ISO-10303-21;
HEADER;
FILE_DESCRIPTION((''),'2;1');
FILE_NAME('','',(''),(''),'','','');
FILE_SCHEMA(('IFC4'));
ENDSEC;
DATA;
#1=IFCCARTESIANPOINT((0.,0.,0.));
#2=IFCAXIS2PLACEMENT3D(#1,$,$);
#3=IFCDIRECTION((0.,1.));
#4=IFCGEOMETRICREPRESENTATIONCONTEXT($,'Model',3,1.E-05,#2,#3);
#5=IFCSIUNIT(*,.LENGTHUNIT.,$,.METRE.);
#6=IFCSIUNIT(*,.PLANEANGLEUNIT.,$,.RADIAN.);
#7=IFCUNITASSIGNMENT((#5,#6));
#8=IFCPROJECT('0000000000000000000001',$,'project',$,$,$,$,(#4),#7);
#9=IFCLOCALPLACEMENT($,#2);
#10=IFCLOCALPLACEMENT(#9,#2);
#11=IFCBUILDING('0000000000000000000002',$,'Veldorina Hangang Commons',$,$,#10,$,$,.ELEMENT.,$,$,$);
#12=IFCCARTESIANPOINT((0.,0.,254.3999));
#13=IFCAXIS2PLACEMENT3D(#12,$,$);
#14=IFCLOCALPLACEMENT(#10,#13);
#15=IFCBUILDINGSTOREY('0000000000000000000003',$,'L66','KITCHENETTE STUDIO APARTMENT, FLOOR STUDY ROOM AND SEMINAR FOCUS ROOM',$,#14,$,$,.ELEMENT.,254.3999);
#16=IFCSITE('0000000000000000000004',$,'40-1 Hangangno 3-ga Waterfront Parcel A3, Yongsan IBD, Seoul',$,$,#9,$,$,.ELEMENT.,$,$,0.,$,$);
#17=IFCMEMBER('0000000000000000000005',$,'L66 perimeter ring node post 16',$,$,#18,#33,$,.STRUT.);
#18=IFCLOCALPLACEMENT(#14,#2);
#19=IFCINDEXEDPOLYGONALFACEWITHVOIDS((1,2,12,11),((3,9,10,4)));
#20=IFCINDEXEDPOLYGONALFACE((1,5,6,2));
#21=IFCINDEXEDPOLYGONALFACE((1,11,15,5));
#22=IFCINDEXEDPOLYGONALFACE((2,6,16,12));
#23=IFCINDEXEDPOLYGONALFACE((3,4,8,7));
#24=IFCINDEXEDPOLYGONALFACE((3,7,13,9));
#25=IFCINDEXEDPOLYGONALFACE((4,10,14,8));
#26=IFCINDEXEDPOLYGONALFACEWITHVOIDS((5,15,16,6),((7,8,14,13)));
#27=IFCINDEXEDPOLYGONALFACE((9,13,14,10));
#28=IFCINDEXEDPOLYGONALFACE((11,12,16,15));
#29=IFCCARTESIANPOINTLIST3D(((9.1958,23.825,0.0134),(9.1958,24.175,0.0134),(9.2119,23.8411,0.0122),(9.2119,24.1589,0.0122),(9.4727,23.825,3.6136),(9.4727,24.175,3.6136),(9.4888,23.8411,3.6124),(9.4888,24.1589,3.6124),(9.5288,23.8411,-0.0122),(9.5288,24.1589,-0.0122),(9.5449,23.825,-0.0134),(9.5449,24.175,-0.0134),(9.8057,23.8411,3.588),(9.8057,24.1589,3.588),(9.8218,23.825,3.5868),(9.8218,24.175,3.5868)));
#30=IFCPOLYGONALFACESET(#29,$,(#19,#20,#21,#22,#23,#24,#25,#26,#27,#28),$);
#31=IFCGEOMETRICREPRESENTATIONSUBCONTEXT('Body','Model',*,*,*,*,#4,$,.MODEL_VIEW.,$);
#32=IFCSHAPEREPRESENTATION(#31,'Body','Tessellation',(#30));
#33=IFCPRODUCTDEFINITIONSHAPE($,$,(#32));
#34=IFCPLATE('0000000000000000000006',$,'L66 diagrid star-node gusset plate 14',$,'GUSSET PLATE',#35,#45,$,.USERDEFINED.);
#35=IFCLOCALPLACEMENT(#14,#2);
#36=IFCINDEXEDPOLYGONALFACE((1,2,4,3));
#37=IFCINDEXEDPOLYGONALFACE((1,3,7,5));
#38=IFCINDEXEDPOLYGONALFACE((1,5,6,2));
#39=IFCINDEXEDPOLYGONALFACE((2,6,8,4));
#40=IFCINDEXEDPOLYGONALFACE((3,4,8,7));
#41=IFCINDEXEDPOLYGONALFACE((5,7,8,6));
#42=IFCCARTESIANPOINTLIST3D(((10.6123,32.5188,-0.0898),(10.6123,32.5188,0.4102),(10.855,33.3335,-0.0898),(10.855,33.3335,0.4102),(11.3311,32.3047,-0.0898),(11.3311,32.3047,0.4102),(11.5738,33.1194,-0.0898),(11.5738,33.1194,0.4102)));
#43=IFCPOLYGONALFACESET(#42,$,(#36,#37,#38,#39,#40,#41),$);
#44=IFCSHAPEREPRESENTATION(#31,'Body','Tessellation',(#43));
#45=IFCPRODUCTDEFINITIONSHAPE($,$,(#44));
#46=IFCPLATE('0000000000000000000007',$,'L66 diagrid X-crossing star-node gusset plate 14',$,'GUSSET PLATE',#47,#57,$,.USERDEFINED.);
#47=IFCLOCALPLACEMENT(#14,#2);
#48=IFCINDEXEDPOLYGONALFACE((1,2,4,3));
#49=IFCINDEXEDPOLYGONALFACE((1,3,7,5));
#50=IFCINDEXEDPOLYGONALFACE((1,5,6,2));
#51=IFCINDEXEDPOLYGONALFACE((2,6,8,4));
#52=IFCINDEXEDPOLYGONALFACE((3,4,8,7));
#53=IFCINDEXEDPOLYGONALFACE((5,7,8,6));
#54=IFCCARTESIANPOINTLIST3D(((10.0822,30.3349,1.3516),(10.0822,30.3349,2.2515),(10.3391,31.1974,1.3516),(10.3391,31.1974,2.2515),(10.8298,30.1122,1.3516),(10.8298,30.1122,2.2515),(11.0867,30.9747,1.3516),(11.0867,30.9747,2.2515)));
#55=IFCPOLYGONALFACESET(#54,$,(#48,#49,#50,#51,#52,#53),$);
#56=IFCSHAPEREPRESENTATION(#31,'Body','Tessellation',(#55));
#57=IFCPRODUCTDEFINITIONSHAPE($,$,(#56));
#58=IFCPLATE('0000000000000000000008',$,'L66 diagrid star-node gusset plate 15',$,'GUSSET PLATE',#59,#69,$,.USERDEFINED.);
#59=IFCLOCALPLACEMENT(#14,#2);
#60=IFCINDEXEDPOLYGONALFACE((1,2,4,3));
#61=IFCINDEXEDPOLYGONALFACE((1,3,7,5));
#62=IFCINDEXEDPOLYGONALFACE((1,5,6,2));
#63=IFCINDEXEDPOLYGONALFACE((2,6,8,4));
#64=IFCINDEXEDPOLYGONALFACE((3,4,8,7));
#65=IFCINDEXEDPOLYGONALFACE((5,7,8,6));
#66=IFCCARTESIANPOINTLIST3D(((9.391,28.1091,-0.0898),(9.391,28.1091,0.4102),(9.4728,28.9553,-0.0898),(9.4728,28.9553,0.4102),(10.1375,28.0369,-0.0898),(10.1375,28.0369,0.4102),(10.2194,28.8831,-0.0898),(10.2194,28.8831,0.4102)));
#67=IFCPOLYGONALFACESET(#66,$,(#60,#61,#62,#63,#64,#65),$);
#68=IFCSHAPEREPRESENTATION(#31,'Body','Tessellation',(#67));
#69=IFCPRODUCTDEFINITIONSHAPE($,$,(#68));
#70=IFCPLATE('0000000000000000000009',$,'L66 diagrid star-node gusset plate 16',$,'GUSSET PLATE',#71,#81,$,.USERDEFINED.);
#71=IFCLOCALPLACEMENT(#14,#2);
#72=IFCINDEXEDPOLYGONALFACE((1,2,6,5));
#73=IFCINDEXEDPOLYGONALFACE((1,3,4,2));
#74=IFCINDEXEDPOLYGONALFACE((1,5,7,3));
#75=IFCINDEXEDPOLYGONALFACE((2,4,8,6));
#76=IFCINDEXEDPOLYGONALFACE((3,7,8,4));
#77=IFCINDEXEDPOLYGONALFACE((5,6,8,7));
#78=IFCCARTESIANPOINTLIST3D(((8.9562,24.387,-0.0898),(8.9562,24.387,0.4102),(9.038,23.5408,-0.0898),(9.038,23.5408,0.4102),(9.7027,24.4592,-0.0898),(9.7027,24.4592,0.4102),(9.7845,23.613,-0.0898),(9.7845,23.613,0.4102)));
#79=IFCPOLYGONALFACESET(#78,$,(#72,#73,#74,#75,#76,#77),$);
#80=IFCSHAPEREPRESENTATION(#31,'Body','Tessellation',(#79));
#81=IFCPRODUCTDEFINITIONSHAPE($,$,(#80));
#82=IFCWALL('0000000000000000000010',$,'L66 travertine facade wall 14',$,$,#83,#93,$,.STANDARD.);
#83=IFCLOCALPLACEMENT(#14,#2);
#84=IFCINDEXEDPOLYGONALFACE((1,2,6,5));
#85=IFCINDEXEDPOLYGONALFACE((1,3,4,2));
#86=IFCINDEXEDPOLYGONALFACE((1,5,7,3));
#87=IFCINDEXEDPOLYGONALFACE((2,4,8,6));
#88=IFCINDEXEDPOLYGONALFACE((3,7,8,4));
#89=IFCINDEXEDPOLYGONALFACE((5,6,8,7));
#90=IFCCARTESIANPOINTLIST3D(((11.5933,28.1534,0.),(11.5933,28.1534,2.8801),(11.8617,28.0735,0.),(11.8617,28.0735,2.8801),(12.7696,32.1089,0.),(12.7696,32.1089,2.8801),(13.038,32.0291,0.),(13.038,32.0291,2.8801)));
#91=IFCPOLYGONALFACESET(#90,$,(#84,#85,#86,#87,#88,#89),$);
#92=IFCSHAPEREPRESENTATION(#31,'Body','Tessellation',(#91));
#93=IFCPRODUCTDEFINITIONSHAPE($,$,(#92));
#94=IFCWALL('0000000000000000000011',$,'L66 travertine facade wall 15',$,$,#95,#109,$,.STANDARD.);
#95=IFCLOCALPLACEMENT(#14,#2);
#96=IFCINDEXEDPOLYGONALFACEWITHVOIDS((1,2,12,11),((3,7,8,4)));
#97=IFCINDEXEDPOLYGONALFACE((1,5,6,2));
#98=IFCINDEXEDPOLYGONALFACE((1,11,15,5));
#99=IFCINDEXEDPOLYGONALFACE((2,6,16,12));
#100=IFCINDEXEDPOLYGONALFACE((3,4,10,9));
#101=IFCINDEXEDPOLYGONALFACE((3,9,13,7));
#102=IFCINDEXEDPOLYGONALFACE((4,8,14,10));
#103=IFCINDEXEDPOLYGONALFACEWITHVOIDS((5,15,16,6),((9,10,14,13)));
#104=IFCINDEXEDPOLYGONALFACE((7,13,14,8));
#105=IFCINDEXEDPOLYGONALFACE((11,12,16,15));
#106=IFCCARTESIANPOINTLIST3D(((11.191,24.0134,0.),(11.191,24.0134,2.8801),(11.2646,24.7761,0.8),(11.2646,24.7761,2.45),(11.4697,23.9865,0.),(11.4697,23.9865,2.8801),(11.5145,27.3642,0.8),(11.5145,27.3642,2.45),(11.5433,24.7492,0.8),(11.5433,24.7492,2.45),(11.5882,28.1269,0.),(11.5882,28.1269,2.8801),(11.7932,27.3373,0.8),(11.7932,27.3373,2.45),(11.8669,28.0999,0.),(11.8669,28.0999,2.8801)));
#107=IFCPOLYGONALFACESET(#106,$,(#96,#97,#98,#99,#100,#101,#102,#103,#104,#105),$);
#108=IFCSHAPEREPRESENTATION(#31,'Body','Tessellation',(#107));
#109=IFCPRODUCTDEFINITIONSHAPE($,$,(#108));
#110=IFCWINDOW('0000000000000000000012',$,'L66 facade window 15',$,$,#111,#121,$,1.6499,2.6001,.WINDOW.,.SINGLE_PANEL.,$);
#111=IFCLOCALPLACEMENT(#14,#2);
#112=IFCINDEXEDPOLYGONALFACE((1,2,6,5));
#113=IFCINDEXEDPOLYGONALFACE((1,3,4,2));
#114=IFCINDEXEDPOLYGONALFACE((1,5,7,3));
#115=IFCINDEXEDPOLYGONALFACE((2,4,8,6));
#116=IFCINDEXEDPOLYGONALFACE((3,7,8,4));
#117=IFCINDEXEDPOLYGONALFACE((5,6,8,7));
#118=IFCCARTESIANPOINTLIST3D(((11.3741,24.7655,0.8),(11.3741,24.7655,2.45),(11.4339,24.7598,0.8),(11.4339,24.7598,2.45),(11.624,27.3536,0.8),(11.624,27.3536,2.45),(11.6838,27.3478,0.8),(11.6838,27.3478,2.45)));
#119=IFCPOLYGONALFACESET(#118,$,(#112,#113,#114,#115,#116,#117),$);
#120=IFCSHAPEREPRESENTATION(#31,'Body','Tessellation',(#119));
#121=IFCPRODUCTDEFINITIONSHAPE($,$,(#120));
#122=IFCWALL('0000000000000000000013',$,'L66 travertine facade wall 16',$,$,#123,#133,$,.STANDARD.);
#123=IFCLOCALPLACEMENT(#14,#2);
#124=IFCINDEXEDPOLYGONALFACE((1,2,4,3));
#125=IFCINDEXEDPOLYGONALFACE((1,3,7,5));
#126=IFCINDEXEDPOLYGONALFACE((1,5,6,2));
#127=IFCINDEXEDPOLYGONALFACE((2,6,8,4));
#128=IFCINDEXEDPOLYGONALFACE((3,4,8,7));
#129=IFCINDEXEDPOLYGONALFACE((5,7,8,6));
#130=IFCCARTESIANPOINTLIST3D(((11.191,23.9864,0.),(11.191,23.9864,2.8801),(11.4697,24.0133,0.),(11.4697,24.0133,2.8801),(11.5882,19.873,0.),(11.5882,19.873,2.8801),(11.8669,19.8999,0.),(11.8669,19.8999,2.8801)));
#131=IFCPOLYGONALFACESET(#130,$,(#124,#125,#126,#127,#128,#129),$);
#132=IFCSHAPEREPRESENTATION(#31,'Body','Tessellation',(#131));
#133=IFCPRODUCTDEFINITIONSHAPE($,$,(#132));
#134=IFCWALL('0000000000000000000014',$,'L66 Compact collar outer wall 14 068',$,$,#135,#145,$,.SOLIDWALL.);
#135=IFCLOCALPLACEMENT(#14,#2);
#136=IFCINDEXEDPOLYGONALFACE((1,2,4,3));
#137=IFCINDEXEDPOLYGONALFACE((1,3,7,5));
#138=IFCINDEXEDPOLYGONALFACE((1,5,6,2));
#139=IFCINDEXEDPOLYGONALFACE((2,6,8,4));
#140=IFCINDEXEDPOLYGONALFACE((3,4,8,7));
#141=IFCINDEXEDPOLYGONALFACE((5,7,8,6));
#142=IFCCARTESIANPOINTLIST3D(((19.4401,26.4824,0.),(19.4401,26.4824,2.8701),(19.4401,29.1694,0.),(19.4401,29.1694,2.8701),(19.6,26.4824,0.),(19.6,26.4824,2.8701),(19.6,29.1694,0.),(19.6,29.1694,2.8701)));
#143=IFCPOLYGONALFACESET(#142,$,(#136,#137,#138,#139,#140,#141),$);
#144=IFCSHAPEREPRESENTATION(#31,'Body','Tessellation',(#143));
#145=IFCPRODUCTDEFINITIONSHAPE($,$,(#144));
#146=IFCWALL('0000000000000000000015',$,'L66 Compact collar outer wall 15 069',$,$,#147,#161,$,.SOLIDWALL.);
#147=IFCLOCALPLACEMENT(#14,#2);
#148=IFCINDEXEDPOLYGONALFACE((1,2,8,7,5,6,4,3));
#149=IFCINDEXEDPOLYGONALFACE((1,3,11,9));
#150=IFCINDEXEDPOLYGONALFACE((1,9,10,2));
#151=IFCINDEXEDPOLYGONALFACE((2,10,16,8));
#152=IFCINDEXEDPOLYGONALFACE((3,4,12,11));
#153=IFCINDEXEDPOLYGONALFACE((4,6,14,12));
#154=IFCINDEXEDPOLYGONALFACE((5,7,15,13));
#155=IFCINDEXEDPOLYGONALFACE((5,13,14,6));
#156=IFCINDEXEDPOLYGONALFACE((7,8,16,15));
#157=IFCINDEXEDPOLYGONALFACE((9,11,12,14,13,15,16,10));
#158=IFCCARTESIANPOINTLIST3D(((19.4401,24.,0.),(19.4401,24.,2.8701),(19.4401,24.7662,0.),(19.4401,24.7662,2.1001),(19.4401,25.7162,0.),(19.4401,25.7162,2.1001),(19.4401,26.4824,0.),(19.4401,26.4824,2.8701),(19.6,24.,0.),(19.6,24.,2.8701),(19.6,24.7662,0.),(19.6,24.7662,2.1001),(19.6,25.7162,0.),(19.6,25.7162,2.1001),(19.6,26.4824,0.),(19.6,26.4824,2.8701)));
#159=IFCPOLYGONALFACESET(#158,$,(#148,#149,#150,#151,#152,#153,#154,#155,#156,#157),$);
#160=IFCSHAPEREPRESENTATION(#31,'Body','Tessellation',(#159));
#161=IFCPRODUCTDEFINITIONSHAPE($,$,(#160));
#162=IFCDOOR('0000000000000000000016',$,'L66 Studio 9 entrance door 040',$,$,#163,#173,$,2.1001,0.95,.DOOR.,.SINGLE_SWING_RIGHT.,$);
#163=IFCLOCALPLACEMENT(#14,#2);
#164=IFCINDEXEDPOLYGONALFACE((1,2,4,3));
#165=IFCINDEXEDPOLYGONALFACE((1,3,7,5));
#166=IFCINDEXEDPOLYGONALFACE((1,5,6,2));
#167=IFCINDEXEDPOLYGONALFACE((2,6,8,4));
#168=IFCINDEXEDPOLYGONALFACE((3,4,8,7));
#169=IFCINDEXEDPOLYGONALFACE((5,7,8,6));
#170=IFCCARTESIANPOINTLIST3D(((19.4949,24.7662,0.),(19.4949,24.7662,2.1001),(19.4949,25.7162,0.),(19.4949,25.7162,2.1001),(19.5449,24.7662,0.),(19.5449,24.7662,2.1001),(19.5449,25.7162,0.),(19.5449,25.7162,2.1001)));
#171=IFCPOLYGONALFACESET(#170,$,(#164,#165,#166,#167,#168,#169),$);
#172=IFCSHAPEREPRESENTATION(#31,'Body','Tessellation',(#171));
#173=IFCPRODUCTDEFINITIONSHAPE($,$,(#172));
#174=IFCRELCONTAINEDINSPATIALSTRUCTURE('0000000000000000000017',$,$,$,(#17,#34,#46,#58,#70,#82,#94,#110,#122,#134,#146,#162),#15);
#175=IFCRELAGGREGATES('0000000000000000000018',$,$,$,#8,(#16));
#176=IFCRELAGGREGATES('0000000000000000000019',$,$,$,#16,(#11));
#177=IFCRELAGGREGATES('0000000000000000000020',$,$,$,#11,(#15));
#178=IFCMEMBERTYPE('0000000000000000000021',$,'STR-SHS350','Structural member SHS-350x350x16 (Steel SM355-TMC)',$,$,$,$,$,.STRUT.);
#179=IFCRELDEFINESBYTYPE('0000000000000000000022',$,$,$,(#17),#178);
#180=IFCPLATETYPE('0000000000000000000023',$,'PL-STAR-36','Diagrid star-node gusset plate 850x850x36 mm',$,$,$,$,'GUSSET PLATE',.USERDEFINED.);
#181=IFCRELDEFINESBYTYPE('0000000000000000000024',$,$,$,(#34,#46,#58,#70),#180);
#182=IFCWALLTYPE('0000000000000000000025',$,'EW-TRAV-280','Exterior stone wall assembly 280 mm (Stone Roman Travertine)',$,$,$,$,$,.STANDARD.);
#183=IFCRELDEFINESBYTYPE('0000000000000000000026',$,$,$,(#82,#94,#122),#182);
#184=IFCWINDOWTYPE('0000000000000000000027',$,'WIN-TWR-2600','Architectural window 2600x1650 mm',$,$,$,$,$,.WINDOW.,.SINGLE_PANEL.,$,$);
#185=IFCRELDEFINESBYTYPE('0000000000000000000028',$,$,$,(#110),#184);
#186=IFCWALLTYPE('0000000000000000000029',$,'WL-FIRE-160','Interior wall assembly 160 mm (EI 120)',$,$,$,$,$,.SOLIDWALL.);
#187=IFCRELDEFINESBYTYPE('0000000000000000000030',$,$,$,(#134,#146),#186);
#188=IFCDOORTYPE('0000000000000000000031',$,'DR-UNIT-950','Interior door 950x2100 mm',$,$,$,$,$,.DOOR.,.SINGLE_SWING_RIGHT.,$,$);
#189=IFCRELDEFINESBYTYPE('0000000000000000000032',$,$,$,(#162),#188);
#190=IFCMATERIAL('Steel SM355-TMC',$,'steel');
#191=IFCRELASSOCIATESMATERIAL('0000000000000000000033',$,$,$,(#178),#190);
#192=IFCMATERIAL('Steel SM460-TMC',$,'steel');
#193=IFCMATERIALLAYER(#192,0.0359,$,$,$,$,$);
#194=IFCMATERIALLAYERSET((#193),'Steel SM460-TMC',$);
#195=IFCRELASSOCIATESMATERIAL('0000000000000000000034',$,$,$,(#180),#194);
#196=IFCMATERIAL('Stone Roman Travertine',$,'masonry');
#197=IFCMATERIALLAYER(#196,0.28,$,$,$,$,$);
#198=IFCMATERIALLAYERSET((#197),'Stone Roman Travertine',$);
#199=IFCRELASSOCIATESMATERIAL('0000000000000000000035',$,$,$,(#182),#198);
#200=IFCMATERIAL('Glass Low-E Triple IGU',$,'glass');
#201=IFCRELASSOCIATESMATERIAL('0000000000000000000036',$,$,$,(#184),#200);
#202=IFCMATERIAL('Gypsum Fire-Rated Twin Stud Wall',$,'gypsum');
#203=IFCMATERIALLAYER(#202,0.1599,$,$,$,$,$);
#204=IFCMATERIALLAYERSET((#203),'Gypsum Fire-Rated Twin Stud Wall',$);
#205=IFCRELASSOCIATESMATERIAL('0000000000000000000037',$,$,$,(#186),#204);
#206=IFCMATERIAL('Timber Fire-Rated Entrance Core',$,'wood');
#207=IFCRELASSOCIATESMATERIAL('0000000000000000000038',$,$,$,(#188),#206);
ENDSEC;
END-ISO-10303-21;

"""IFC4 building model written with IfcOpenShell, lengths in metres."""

from ifc_helpers import new_model, si_unit, direction, frame, frame_2d, origin, origin_2d, place, context, subcontext, project, spatial, rectangle, hollow_rectangle, extrude, material, layer, layer_set, material_profile, profile_set, type_object, element, fill, save


model = new_model("IFC4")

# Units and contexts
model_context = context("Model", 3, precision=1e-05, world=origin(), true_north=direction((0.0, 1.0)))
body_context = subcontext(model_context, "Body", "Model", "MODEL_VIEW")
ifc_project = project(units=[si_unit("LENGTHUNIT", "METRE"), si_unit("PLANEANGLEUNIT", "RADIAN")], contexts=[model_context])

# Site, building, storey
site_placement = place(None, origin())
site = spatial("IfcSite", under=ifc_project, at=site_placement, Name="40-1 Hangangno 3-ga Waterfront Parcel A3, Yongsan IBD, Seoul", CompositionType="ELEMENT", RefElevation=0.0)
building_placement = place(site_placement, origin())
building = spatial("IfcBuilding", under=site, at=building_placement, Name="Veldorina Hangang Commons", CompositionType="ELEMENT")
storey_placement = place(building_placement, frame((0.0, 0.0, 254.3999)))
storey = spatial("IfcBuildingStorey", under=building, at=storey_placement, Name="L66", Description="KITCHENETTE STUDIO APARTMENT, FLOOR STUDY ROOM AND SEMINAR FOCUS ROOM", CompositionType="ELEMENT", Elevation=254.3999)

# Shared definitions
ifc_material_1 = material(Name="Steel SM355-TMC", Category="steel")

# Member
ifc_material_profile_1 = material_profile(ifc_material_1, hollow_rectangle(XDim=0.3501, YDim=0.3501, WallThickness=0.0161, at=origin_2d()), Name="SHS-350x350x16")
ifc_profile_set_1 = profile_set([ifc_material_profile_1], Name="Steel SM355-TMC")
member_type_1 = type_object("IfcMemberType", Name="STR-SHS350", Description="Structural member SHS-350x350x16 (Steel SM355-TMC)", PredefinedType="STRUT", material=ifc_profile_set_1)
member_1_placement = place(storey_placement, frame((9.3704, 24.0, 0.0), z_axis=(0.076676, 0.0, 0.997056), x_axis=(0.0, 1.0, 0.0)))
element("IfcMember", 1, at=member_1_placement, inside=storey, type_object=member_type_1, Name="L66 perimeter ring node post 16", PredefinedType="STRUT", context=body_context, shape_type="SweptSolid", body=[
    extrude(hollow_rectangle(XDim=0.3501, YDim=0.3501, WallThickness=0.0161, at=origin_2d()), origin(), (0.0, 0.0, 1.0), 3.6108),
])

# Plates
ifc_material_2 = material(Name="Steel SM460-TMC", Category="steel")
ifc_layer_1 = layer(ifc_material_2, 0.0359)
ifc_layer_set_1 = layer_set([ifc_layer_1], Name="Steel SM460-TMC")
plate_type = type_object("IfcPlateType", Name="PL-STAR-36", Description="Diagrid star-node gusset plate 850x850x36 mm", ElementType="GUSSET PLATE", PredefinedType="USERDEFINED", material=ifc_layer_set_1)
plate_1_placement = place(storey_placement, frame((11.093, 32.8191, -0.0898), z_axis=(0.0, 0.0, 1.0), x_axis=(-0.285488, -0.958382, 0.0)))
element("IfcPlate", 2, at=plate_1_placement, inside=storey, type_object=plate_type, Name="L66 diagrid star-node gusset plate 14", ObjectType="GUSSET PLATE", PredefinedType="USERDEFINED", context=body_context, shape_type="SweptSolid", body=[
    extrude(rectangle(XDim=0.8501, YDim=0.75, at=origin_2d()), origin(), (0.0, 0.0, 1.0), 0.5),
])
plate_2_placement = place(storey_placement, frame((10.5845, 30.6548, 1.3516), z_axis=(0.0, 0.0, 1.0), x_axis=(-0.285488, -0.958382, 0.0)))
element("IfcPlate", 3, at=plate_2_placement, inside=storey, type_object=plate_type, Name="L66 diagrid X-crossing star-node gusset plate 14", ObjectType="GUSSET PLATE", PredefinedType="USERDEFINED", context=body_context, shape_type="SweptSolid", body=[
    extrude(rectangle(XDim=0.8999, YDim=0.78, at=origin_2d()), origin(), (0.0, 0.0, 1.0), 0.8999),
])
for number, where, z_axis, x_axis, name in (
    (4, (9.8052, 28.4961, -0.0898), (0.0, 0.0, 1.0), (-0.096263, -0.995356, 0.0), "L66 diagrid star-node gusset plate 15"),
    (5, (9.3704, 24.0, -0.0898), (0.0, 0.0, 1.0), (0.096263, -0.995356, 0.0), "L66 diagrid star-node gusset plate 16"),
):
    element("IfcPlate", number, at=place(storey_placement, frame(where, z_axis=z_axis, x_axis=x_axis)), inside=storey, type_object=plate_type, Name=name, ObjectType="GUSSET PLATE", PredefinedType="USERDEFINED", context=body_context, shape_type="SweptSolid", body=[
        extrude(rectangle(XDim=0.8501, YDim=0.75, at=origin_2d()), origin(), (0.0, 0.0, 1.0), 0.5),
    ])

# Wall
ifc_material_3 = material(Name="Stone Roman Travertine", Category="masonry")
ifc_layer_2 = layer(ifc_material_3, 0.28)
ifc_layer_set_2 = layer_set([ifc_layer_2], Name="Stone Roman Travertine")
wall_type_1 = type_object("IfcWallType", Name="EW-TRAV-280", Description="Exterior stone wall assembly 280 mm (Stone Roman Travertine)", PredefinedType="STANDARD", material=ifc_layer_set_2)
wall_1_placement = place(storey_placement, frame((12.9038, 32.0691, 0.0), z_axis=(0.0, 0.0, 1.0), x_axis=(-0.285035, -0.958517, 0.0)))
element("IfcWall", 6, at=wall_1_placement, inside=storey, type_object=wall_type_1, Name="L66 travertine facade wall 14", PredefinedType="STANDARD", context=body_context, shape_type="SweptSolid", body=[
    extrude(rectangle(XDim=4.1267, YDim=0.28, at=frame_2d((2.0635, 0.0))), origin(), (0.0, 0.0, 1.0), 2.8801),
])

# Wall, opening, window
wall_2_placement = place(storey_placement, frame((11.7275, 28.1135, 0.0), z_axis=(0.0, 0.0, 1.0), x_axis=(-0.096117, -0.99537, 0.0)))
wall_2 = element("IfcWall", 7, at=wall_2_placement, inside=storey, type_object=wall_type_1, Name="L66 travertine facade wall 15", PredefinedType="STANDARD", context=body_context, shape_type="SweptSolid", body=[
    extrude(rectangle(XDim=4.1326, YDim=0.28, at=frame_2d((2.0664, 0.0))), origin(), (0.0, 0.0, 1.0), 2.8801),
])
opening_1_placement = place(wall_2_placement, frame((0.7664, 0.0, 0.8)))
opening_1 = element("IfcOpeningElement", 8, at=opening_1_placement, cuts=wall_2, PredefinedType="OPENING", context=body_context, shape_type="SweptSolid", body=[
    extrude(rectangle(XDim=2.6001, YDim=1.6499, at=frame_2d((1.3, 0.825))), frame((0.0, 0.1499, 0.0), z_axis=(0.0, -1.0, 0.0), x_axis=(1.0, 0.0, 0.0)), (0.0, 0.0, 1.0), 0.3),
])
ifc_material_4 = material(Name="Glass Low-E Triple IGU", Category="glass")
window_type = type_object("IfcWindowType", Name="WIN-TWR-2600", Description="Architectural window 2600x1650 mm", PartitioningType="SINGLE_PANEL", PredefinedType="WINDOW", material=ifc_material_4)
window_placement = place(opening_1_placement, origin())
window = element("IfcWindow", 9, at=window_placement, inside=storey, type_object=window_type, Name="L66 facade window 15", OverallHeight=1.6499, OverallWidth=2.6001, PartitioningType="SINGLE_PANEL", PredefinedType="WINDOW", context=body_context, shape_type="SweptSolid", body=[
    extrude(rectangle(XDim=2.6001, YDim=1.6499, at=frame_2d((1.3, 0.825))), frame((0.0, 0.03, 0.0), z_axis=(0.0, -1.0, 0.0), x_axis=(1.0, 0.0, 0.0)), (0.0, 0.0, 1.0), 0.0601),
])
fill(opening_1, window)

# Walls
wall_3_placement = place(storey_placement, frame((11.3303, 24.0, 0.0), z_axis=(0.0, 0.0, 1.0), x_axis=(0.096117, -0.99537, 0.0)))
element("IfcWall", 10, at=wall_3_placement, inside=storey, type_object=wall_type_1, Name="L66 travertine facade wall 16", PredefinedType="STANDARD", context=body_context, shape_type="SweptSolid", body=[
    extrude(rectangle(XDim=4.1326, YDim=0.28, at=frame_2d((2.0664, 0.0))), origin(), (0.0, 0.0, 1.0), 2.8801),
])
ifc_material_5 = material(Name="Gypsum Fire-Rated Twin Stud Wall", Category="gypsum")
ifc_layer_3 = layer(ifc_material_5, 0.1599)
ifc_layer_set_3 = layer_set([ifc_layer_3], Name="Gypsum Fire-Rated Twin Stud Wall")
wall_type_2 = type_object("IfcWallType", Name="WL-FIRE-160", Description="Interior wall assembly 160 mm (EI 120)", PredefinedType="SOLIDWALL", material=ifc_layer_set_3)
wall_4_placement = place(storey_placement, frame((19.52, 29.1694, 0.0), z_axis=(0.0, 0.0, 1.0), x_axis=(0.0, -1.0, 0.0)))
element("IfcWall", 11, at=wall_4_placement, inside=storey, type_object=wall_type_2, Name="L66 Compact collar outer wall 14 068", PredefinedType="SOLIDWALL", context=body_context, shape_type="SweptSolid", body=[
    extrude(rectangle(XDim=2.687, YDim=0.1599, at=frame_2d((1.3435, 0.0))), origin(), (0.0, 0.0, 1.0), 2.8701),
])

# Wall, opening, door
wall_5_placement = place(storey_placement, frame((19.52, 26.4824, 0.0), z_axis=(0.0, 0.0, 1.0), x_axis=(0.0, -1.0, 0.0)))
wall_5 = element("IfcWall", 12, at=wall_5_placement, inside=storey, type_object=wall_type_2, Name="L66 Compact collar outer wall 15 069", PredefinedType="SOLIDWALL", context=body_context, shape_type="SweptSolid", body=[
    extrude(rectangle(XDim=2.4824, YDim=0.1599, at=frame_2d((1.2412, 0.0))), origin(), (0.0, 0.0, 1.0), 2.8701),
])
opening_2_placement = place(wall_5_placement, frame((0.7661, 0.0, 0.0)))
opening_2 = element("IfcOpeningElement", 13, at=opening_2_placement, cuts=wall_5, PredefinedType="OPENING", context=body_context, shape_type="SweptSolid", body=[
    extrude(rectangle(XDim=0.95, YDim=2.1001, at=frame_2d((0.4751, 1.05))), frame((0.0, 0.0898, 0.0), z_axis=(0.0, -1.0, 0.0), x_axis=(1.0, 0.0, 0.0)), (0.0, 0.0, 1.0), 0.1799),
])
ifc_material_6 = material(Name="Timber Fire-Rated Entrance Core", Category="wood")
door_type_1 = type_object("IfcDoorType", Name="DR-UNIT-950", Description="Interior door 950x2100 mm", OperationType="SINGLE_SWING_RIGHT", PredefinedType="DOOR", material=ifc_material_6)
door_1_placement = place(opening_2_placement, origin())
door_1 = element("IfcDoor", 14, at=door_1_placement, inside=storey, type_object=door_type_1, Name="L66 Studio 9 entrance door 040", OperationType="SINGLE_SWING_RIGHT", OverallHeight=2.1001, OverallWidth=0.95, PredefinedType="DOOR", context=body_context, shape_type="SweptSolid", body=[
    extrude(rectangle(XDim=0.95, YDim=2.1001, at=frame_2d((0.4751, 1.05))), frame((0.0, 0.0249, 0.0), z_axis=(0.0, -1.0, 0.0), x_axis=(1.0, 0.0, 0.0)), (0.0, 0.0, 1.0), 0.05),
])
fill(opening_2, door_1)

save(model, "model.ifc")
